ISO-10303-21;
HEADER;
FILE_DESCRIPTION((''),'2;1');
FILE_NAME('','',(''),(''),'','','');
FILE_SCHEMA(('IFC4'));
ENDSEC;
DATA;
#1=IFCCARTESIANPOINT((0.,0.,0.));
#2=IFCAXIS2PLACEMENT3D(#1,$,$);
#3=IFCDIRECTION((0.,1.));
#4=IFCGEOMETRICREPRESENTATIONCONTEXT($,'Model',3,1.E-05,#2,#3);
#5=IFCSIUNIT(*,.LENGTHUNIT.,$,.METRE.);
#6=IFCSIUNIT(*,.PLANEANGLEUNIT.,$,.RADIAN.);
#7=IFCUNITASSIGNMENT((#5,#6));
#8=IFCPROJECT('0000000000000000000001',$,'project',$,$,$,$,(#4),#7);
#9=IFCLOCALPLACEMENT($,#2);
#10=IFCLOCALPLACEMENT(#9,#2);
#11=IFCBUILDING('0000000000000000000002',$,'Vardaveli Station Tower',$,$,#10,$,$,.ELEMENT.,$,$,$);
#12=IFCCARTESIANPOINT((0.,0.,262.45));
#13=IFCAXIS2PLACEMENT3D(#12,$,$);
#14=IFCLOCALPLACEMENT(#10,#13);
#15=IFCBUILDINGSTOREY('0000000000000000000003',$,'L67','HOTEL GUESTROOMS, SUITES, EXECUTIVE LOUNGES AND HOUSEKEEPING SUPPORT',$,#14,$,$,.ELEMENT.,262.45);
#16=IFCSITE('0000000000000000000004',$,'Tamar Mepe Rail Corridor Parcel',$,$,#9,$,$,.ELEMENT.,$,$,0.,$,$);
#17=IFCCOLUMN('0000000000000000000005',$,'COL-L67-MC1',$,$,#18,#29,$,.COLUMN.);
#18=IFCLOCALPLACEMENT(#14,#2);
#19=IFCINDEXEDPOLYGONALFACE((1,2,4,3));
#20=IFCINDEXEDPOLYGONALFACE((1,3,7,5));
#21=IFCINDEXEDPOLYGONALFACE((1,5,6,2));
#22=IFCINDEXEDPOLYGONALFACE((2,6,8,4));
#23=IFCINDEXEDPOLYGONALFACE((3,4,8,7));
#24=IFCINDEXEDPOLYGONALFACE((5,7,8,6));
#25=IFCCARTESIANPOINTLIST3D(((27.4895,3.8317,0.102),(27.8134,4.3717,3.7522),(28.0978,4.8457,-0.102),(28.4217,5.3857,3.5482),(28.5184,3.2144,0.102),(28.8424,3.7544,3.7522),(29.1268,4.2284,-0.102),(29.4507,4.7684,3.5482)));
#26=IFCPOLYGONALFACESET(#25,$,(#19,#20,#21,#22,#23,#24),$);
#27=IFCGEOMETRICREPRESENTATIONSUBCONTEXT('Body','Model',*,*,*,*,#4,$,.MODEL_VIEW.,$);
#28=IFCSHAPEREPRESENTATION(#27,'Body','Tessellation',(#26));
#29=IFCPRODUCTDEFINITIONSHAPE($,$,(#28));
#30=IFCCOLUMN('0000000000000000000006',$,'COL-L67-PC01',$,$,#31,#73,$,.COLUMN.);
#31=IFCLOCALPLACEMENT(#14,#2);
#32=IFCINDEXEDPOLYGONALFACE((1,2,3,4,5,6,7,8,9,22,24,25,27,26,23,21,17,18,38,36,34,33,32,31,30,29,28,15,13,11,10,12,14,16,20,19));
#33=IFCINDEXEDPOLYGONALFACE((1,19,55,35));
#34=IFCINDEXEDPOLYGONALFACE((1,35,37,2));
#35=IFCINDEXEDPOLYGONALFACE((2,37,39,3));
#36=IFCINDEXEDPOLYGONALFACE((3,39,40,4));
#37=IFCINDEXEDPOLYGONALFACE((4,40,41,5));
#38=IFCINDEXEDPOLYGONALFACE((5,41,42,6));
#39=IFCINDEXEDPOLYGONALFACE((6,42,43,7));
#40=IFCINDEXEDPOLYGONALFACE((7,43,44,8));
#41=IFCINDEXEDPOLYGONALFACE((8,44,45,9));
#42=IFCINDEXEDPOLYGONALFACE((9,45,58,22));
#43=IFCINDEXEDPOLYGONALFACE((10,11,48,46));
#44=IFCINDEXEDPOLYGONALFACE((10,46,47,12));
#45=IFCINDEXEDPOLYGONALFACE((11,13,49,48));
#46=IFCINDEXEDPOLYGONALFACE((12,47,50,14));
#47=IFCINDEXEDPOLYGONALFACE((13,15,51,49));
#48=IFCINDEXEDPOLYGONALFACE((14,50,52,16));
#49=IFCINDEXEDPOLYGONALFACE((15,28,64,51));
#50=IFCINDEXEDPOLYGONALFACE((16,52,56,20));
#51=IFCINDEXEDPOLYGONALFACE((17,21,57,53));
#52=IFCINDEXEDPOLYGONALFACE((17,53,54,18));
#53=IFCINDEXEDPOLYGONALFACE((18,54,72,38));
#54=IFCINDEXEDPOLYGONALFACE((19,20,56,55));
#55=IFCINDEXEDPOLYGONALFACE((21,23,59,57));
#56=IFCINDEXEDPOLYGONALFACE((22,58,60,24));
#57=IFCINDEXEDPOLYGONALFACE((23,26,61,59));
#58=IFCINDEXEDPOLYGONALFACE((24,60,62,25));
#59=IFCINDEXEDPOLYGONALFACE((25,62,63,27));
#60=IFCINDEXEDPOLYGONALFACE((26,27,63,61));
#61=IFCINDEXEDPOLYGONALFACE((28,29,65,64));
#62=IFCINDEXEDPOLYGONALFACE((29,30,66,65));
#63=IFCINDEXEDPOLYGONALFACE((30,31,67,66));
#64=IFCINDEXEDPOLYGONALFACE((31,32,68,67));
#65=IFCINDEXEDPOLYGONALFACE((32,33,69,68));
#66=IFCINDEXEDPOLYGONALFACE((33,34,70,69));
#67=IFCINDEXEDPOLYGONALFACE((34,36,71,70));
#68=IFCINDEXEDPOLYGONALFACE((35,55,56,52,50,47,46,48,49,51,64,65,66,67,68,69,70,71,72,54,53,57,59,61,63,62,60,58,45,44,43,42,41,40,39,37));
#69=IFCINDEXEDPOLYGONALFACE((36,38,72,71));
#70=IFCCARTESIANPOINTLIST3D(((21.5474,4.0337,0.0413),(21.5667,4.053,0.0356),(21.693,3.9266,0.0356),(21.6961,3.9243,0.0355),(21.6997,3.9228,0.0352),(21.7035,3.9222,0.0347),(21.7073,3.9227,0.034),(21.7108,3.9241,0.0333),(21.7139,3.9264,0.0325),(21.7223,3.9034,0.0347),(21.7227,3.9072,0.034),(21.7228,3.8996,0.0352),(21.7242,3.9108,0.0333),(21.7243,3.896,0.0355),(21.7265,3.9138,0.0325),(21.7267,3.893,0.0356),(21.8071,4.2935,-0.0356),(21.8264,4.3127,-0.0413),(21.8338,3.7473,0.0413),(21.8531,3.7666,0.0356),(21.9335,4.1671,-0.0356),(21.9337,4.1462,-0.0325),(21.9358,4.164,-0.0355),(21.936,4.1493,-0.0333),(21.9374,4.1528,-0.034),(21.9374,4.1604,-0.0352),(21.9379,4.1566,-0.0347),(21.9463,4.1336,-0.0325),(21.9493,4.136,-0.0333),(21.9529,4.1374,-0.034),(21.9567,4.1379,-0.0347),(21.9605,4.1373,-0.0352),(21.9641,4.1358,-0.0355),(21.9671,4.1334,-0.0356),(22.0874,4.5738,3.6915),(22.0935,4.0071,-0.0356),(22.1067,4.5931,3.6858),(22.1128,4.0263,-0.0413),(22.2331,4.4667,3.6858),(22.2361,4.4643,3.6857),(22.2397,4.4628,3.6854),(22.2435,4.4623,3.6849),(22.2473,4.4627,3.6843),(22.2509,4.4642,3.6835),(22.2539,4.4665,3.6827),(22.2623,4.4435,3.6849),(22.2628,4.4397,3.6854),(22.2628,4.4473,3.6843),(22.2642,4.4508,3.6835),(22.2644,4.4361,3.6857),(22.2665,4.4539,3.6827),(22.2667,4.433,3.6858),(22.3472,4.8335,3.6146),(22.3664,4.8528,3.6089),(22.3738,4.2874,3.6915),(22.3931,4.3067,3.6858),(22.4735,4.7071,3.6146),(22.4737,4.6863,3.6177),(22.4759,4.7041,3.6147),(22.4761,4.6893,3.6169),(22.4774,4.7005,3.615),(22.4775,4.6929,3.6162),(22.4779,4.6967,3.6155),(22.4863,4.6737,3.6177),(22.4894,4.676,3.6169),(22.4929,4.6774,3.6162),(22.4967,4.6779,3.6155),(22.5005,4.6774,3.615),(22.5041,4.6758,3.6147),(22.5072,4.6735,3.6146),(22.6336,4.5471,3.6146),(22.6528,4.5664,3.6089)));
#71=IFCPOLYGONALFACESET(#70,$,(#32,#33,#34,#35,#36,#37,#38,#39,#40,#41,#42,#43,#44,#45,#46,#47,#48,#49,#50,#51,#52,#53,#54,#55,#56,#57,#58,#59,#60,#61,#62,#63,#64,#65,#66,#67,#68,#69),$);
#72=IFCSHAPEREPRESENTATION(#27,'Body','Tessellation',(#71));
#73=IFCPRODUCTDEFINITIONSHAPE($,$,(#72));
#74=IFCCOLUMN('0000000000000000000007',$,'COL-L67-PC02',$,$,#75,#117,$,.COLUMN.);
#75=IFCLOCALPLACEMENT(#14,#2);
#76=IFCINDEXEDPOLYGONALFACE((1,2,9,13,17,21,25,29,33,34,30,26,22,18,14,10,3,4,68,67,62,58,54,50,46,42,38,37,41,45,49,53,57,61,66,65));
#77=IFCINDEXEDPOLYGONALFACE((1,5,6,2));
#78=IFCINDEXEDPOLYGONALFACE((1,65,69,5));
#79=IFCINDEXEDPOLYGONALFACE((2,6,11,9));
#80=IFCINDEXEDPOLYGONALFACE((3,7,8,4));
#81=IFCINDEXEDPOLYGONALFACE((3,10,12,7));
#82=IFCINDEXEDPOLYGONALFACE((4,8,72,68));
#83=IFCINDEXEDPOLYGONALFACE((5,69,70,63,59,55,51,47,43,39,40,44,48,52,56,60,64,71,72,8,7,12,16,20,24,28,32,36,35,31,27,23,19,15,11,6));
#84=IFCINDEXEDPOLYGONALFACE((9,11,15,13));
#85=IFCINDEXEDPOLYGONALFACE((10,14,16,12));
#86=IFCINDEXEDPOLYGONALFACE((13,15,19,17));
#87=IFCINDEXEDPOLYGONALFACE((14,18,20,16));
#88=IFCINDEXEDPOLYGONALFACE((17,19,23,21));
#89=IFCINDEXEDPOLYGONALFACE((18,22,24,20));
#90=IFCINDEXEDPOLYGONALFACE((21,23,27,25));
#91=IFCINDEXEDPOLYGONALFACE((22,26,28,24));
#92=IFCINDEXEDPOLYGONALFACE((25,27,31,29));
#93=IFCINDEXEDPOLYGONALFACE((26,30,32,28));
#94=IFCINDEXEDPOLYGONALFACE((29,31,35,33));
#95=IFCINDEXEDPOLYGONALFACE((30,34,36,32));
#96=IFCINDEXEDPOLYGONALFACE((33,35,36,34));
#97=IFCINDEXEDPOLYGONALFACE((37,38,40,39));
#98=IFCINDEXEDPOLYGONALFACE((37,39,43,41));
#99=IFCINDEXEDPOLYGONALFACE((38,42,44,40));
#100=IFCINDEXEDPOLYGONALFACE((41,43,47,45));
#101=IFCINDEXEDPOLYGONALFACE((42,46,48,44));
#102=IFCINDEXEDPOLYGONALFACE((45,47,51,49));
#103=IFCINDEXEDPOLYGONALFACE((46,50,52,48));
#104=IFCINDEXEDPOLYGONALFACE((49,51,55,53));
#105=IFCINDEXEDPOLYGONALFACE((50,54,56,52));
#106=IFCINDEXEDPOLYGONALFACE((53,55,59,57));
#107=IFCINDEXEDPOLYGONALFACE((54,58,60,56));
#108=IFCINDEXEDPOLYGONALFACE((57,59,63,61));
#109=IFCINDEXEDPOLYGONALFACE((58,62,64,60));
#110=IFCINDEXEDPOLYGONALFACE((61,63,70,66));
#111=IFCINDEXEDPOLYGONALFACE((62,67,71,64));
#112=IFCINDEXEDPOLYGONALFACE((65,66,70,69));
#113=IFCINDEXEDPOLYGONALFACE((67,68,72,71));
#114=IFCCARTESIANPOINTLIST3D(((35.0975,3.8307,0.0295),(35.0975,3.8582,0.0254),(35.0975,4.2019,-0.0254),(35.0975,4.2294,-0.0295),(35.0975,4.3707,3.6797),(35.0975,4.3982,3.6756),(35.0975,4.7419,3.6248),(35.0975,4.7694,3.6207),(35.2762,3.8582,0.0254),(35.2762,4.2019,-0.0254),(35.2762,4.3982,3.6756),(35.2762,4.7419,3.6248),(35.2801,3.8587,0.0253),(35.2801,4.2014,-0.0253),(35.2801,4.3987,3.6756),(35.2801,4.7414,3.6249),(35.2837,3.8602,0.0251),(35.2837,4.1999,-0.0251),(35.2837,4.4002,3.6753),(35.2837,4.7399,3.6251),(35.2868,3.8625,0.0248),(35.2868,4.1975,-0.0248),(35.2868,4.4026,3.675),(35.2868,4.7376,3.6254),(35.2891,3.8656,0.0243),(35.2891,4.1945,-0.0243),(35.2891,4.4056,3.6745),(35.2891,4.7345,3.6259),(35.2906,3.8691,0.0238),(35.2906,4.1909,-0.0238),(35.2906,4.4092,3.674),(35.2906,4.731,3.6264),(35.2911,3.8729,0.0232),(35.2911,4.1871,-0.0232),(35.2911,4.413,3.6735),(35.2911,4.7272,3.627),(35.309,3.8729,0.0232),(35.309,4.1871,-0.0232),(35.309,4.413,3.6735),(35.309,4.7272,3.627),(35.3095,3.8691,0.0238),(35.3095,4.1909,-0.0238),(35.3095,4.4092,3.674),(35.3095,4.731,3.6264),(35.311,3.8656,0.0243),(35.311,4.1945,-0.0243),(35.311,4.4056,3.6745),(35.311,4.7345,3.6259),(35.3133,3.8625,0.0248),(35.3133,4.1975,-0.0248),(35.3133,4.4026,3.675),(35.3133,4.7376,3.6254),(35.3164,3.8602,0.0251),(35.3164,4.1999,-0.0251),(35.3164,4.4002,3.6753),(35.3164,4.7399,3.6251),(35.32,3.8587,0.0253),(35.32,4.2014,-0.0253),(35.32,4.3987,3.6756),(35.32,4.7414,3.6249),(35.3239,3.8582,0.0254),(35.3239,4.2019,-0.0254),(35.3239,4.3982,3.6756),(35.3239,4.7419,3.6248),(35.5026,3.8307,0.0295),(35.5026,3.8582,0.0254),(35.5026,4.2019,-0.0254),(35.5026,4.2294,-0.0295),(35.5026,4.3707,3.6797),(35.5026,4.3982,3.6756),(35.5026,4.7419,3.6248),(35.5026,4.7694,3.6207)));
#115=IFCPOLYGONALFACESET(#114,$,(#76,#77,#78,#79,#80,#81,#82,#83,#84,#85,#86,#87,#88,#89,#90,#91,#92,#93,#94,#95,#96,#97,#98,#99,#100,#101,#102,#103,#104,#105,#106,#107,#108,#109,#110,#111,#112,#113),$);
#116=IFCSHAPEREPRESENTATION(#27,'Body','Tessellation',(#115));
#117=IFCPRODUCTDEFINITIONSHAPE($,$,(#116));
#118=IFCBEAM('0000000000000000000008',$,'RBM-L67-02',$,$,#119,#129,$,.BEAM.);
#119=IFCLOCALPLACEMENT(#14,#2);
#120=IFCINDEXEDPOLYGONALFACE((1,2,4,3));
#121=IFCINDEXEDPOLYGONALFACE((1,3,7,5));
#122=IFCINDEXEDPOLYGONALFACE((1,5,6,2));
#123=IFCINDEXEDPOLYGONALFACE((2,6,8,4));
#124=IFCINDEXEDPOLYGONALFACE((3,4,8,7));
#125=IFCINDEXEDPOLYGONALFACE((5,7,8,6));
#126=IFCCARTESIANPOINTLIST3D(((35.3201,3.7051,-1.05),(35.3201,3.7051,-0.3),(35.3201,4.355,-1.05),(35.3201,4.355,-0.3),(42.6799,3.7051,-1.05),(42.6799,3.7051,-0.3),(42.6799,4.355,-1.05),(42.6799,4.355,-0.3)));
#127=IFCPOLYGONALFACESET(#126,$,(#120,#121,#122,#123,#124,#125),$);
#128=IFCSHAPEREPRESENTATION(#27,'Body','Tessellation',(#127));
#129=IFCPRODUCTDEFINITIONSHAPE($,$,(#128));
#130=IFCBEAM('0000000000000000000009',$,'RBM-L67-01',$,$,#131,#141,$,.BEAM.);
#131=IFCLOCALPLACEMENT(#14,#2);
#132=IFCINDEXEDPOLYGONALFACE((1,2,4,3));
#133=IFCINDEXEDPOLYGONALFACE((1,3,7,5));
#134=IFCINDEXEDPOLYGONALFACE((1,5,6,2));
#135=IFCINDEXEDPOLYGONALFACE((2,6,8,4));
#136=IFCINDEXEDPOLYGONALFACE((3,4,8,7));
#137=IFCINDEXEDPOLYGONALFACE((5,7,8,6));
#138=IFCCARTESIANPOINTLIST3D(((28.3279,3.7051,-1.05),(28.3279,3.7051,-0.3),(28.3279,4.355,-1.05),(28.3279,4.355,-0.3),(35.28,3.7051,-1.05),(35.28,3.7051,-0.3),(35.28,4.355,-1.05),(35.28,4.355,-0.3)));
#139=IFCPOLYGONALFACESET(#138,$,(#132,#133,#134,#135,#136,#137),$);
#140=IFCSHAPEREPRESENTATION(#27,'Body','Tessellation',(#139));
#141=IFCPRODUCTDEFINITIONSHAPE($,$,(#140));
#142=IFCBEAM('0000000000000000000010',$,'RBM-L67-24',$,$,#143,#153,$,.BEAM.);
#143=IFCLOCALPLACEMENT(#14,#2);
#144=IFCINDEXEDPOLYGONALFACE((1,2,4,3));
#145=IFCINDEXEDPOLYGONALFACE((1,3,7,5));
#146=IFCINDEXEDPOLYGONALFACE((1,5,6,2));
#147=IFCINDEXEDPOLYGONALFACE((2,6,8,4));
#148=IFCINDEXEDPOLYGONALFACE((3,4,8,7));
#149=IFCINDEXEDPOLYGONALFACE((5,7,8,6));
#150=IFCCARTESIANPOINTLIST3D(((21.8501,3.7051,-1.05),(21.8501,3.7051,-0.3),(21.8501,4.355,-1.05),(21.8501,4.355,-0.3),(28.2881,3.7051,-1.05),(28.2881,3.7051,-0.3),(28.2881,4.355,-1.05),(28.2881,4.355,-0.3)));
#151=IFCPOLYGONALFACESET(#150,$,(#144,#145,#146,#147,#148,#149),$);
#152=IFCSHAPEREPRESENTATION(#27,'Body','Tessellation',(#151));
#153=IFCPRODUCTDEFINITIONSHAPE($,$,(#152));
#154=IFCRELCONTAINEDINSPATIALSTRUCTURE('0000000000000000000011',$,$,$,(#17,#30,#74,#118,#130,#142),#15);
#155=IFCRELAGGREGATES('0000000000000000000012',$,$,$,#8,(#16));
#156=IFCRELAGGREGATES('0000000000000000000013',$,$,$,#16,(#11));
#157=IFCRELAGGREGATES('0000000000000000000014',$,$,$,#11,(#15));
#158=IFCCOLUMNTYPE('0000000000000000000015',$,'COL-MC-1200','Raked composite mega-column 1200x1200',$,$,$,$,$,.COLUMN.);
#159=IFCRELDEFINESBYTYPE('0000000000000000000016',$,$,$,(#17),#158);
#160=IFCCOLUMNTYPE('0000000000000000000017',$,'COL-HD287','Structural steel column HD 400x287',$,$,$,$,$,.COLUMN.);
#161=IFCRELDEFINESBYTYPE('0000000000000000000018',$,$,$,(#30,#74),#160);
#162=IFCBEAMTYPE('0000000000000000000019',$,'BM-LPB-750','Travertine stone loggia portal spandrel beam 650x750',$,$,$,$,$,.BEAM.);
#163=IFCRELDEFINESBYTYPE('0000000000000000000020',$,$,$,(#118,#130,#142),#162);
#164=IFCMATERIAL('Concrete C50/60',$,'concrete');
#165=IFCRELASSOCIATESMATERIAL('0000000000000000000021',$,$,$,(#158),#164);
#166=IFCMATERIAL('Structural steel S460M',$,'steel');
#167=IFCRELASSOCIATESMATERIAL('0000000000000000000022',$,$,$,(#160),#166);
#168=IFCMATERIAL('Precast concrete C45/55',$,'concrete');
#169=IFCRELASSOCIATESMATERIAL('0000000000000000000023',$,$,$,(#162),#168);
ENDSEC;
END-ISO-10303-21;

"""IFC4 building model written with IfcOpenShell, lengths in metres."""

from ifc_helpers import new_model, si_unit, direction, frame, origin, origin_2d, place, context, subcontext, project, spatial, rectangle, i_section, extrude, source, transform, mapped, material, material_profile, profile_set, type_object, element, save


model = new_model("IFC4")

# Units and contexts
model_context = context("Model", 3, precision=1e-05, world=origin(), true_north=direction((0.0, 1.0)))
body_context = subcontext(model_context, "Body", "Model", "MODEL_VIEW")
ifc_project = project(units=[si_unit("LENGTHUNIT", "METRE"), si_unit("PLANEANGLEUNIT", "RADIAN")], contexts=[model_context])

# Site, building, storey
site_placement = place(None, origin())
site = spatial("IfcSite", under=ifc_project, at=site_placement, Name="Tamar Mepe Rail Corridor Parcel", CompositionType="ELEMENT", RefElevation=0.0)
building_placement = place(site_placement, origin())
building = spatial("IfcBuilding", under=site, at=building_placement, Name="Vardaveli Station Tower", CompositionType="ELEMENT")
storey_placement = place(building_placement, frame((0.0, 0.0, 262.45)))
storey = spatial("IfcBuildingStorey", under=building, at=storey_placement, Name="L67", Description="HOTEL GUESTROOMS, SUITES, EXECUTIVE LOUNGES AND HOUSEKEEPING SUPPORT", CompositionType="ELEMENT", Elevation=262.45)

# Columns
ifc_material_1 = material(Name="Concrete C50/60", Category="concrete")
ifc_material_profile_1 = material_profile(ifc_material_1, rectangle(XDim=1.2, YDim=1.2, at=origin_2d()), Name="MC 1200x1200")
ifc_profile_set_1 = profile_set([ifc_material_profile_1], Name="Concrete C50/60")
column_type_1 = type_object("IfcColumnType", Name="COL-MC-1200", Description="Raked composite mega-column 1200x1200", PredefinedType="COLUMN", material=ifc_profile_set_1)
shared_shape_1 = source(origin(), body_context, "Body", "SweptSolid", [
    extrude(rectangle(XDim=1.2, YDim=1.2, at=origin_2d()), origin(), (0.0, 0.0, 1.0), 3.7041),
])
column_1_placement = place(storey_placement, frame((28.3081, 4.03, 0.0), z_axis=(0.087464, 0.145796, 0.985441), x_axis=(-0.857527, 0.514439, 0.0)))
element("IfcColumn", 1, at=column_1_placement, inside=storey, type_object=column_type_1, Name="COL-L67-MC1", PredefinedType="COLUMN", context=body_context, shape_type="MappedRepresentation", body=[
    mapped(shared_shape_1, transform((0.0, 0.0, 0.0), scale=1.0)),
])
ifc_material_2 = material(Name="Structural steel S460M", Category="steel")
ifc_material_profile_2 = material_profile(ifc_material_2, i_section(OverallWidth=0.405, OverallDepth=0.4031, WebThickness=0.0178, FlangeThickness=0.0278, FilletRadius=0.0149, at=origin_2d()), Name="HD 400x287")
ifc_profile_set_2 = profile_set([ifc_material_profile_2], Name="Structural steel S460M")
column_type_2 = type_object("IfcColumnType", Name="COL-HD287", Description="Structural steel column HD 400x287", PredefinedType="COLUMN", material=ifc_profile_set_2)
shared_shape_2 = source(origin(), body_context, "Body", "SweptSolid", [
    extrude(i_section(OverallWidth=0.405, OverallDepth=0.4031, WebThickness=0.0178, FlangeThickness=0.0278, FilletRadius=0.0149, at=origin_2d()), origin(), (0.0, 0.0, 1.0), 3.7292),
])
column_2_placement = place(storey_placement, frame((21.8301, 4.03, 0.0), z_axis=(0.144814, 0.144814, 0.978804), x_axis=(-0.707107, 0.707107, 0.0)))
element("IfcColumn", 2, at=column_2_placement, inside=storey, type_object=column_type_2, Name="COL-L67-PC01", PredefinedType="COLUMN", context=body_context, shape_type="MappedRepresentation", body=[
    mapped(shared_shape_2, transform((0.0, 0.0, 0.0), scale=1.0)),
])
shared_shape_3 = source(origin(), body_context, "Body", "SweptSolid", [
    extrude(i_section(OverallWidth=0.405, OverallDepth=0.4031, WebThickness=0.0178, FlangeThickness=0.0278, FilletRadius=0.0149, at=origin_2d()), origin(), (0.0, 0.0, 1.0), 3.6899),
])
column_3_placement = place(storey_placement, frame((35.3, 4.03, 0.0), z_axis=(0.0, 0.146357, 0.989232), x_axis=(-1.0, 0.0, 0.0)))
element("IfcColumn", 3, at=column_3_placement, inside=storey, type_object=column_type_2, Name="COL-L67-PC02", PredefinedType="COLUMN", context=body_context, shape_type="MappedRepresentation", body=[
    mapped(shared_shape_3, transform((0.0, 0.0, 0.0), scale=1.0)),
])

# Beams
ifc_material_3 = material(Name="Precast concrete C45/55", Category="concrete")
ifc_material_profile_3 = material_profile(ifc_material_3, rectangle(XDim=0.6499, YDim=0.75, at=origin_2d()), Name="LPB 650x750")
ifc_profile_set_3 = profile_set([ifc_material_profile_3], Name="Precast concrete C45/55")
beam_type_1 = type_object("IfcBeamType", Name="BM-LPB-750", Description="Travertine stone loggia portal spandrel beam 650x750", PredefinedType="BEAM", material=ifc_profile_set_3)
shared_shape_4 = source(origin(), body_context, "Body", "SweptSolid", [
    extrude(rectangle(XDim=0.6499, YDim=0.75, at=origin_2d()), origin(), (0.0, 0.0, 1.0), 7.3599),
])
beam_1_placement = place(storey_placement, frame((35.3201, 4.03, -0.675), z_axis=(1.0, 0.0, 0.0), x_axis=(0.0, 1.0, 0.0)))
element("IfcBeam", 4, at=beam_1_placement, inside=storey, type_object=beam_type_1, Name="RBM-L67-02", PredefinedType="BEAM", context=body_context, shape_type="MappedRepresentation", body=[
    mapped(shared_shape_4, transform((0.0, 0.0, 0.0), scale=1.0)),
])
shared_shape_5 = source(origin(), body_context, "Body", "SweptSolid", [
    extrude(rectangle(XDim=0.6499, YDim=0.75, at=origin_2d()), origin(), (0.0, 0.0, 1.0), 6.9521),
])
beam_2_placement = place(storey_placement, frame((28.3279, 4.03, -0.675), z_axis=(1.0, 0.0, 0.0), x_axis=(0.0, 1.0, 0.0)))
element("IfcBeam", 5, at=beam_2_placement, inside=storey, type_object=beam_type_1, Name="RBM-L67-01", PredefinedType="BEAM", context=body_context, shape_type="MappedRepresentation", body=[
    mapped(shared_shape_5, transform((0.0, 0.0, 0.0), scale=1.0)),
])
shared_shape_6 = source(origin(), body_context, "Body", "SweptSolid", [
    extrude(rectangle(XDim=0.6499, YDim=0.75, at=origin_2d()), origin(), (0.0, 0.0, 1.0), 6.438),
])
beam_3_placement = place(storey_placement, frame((21.8501, 4.03, -0.675), z_axis=(1.0, 0.0, 0.0), x_axis=(0.0, 1.0, 0.0)))
element("IfcBeam", 6, at=beam_3_placement, inside=storey, type_object=beam_type_1, Name="RBM-L67-24", PredefinedType="BEAM", context=body_context, shape_type="MappedRepresentation", body=[
    mapped(shared_shape_6, transform((0.0, 0.0, 0.0), scale=1.0)),
])

save(model, "model.ifc")
